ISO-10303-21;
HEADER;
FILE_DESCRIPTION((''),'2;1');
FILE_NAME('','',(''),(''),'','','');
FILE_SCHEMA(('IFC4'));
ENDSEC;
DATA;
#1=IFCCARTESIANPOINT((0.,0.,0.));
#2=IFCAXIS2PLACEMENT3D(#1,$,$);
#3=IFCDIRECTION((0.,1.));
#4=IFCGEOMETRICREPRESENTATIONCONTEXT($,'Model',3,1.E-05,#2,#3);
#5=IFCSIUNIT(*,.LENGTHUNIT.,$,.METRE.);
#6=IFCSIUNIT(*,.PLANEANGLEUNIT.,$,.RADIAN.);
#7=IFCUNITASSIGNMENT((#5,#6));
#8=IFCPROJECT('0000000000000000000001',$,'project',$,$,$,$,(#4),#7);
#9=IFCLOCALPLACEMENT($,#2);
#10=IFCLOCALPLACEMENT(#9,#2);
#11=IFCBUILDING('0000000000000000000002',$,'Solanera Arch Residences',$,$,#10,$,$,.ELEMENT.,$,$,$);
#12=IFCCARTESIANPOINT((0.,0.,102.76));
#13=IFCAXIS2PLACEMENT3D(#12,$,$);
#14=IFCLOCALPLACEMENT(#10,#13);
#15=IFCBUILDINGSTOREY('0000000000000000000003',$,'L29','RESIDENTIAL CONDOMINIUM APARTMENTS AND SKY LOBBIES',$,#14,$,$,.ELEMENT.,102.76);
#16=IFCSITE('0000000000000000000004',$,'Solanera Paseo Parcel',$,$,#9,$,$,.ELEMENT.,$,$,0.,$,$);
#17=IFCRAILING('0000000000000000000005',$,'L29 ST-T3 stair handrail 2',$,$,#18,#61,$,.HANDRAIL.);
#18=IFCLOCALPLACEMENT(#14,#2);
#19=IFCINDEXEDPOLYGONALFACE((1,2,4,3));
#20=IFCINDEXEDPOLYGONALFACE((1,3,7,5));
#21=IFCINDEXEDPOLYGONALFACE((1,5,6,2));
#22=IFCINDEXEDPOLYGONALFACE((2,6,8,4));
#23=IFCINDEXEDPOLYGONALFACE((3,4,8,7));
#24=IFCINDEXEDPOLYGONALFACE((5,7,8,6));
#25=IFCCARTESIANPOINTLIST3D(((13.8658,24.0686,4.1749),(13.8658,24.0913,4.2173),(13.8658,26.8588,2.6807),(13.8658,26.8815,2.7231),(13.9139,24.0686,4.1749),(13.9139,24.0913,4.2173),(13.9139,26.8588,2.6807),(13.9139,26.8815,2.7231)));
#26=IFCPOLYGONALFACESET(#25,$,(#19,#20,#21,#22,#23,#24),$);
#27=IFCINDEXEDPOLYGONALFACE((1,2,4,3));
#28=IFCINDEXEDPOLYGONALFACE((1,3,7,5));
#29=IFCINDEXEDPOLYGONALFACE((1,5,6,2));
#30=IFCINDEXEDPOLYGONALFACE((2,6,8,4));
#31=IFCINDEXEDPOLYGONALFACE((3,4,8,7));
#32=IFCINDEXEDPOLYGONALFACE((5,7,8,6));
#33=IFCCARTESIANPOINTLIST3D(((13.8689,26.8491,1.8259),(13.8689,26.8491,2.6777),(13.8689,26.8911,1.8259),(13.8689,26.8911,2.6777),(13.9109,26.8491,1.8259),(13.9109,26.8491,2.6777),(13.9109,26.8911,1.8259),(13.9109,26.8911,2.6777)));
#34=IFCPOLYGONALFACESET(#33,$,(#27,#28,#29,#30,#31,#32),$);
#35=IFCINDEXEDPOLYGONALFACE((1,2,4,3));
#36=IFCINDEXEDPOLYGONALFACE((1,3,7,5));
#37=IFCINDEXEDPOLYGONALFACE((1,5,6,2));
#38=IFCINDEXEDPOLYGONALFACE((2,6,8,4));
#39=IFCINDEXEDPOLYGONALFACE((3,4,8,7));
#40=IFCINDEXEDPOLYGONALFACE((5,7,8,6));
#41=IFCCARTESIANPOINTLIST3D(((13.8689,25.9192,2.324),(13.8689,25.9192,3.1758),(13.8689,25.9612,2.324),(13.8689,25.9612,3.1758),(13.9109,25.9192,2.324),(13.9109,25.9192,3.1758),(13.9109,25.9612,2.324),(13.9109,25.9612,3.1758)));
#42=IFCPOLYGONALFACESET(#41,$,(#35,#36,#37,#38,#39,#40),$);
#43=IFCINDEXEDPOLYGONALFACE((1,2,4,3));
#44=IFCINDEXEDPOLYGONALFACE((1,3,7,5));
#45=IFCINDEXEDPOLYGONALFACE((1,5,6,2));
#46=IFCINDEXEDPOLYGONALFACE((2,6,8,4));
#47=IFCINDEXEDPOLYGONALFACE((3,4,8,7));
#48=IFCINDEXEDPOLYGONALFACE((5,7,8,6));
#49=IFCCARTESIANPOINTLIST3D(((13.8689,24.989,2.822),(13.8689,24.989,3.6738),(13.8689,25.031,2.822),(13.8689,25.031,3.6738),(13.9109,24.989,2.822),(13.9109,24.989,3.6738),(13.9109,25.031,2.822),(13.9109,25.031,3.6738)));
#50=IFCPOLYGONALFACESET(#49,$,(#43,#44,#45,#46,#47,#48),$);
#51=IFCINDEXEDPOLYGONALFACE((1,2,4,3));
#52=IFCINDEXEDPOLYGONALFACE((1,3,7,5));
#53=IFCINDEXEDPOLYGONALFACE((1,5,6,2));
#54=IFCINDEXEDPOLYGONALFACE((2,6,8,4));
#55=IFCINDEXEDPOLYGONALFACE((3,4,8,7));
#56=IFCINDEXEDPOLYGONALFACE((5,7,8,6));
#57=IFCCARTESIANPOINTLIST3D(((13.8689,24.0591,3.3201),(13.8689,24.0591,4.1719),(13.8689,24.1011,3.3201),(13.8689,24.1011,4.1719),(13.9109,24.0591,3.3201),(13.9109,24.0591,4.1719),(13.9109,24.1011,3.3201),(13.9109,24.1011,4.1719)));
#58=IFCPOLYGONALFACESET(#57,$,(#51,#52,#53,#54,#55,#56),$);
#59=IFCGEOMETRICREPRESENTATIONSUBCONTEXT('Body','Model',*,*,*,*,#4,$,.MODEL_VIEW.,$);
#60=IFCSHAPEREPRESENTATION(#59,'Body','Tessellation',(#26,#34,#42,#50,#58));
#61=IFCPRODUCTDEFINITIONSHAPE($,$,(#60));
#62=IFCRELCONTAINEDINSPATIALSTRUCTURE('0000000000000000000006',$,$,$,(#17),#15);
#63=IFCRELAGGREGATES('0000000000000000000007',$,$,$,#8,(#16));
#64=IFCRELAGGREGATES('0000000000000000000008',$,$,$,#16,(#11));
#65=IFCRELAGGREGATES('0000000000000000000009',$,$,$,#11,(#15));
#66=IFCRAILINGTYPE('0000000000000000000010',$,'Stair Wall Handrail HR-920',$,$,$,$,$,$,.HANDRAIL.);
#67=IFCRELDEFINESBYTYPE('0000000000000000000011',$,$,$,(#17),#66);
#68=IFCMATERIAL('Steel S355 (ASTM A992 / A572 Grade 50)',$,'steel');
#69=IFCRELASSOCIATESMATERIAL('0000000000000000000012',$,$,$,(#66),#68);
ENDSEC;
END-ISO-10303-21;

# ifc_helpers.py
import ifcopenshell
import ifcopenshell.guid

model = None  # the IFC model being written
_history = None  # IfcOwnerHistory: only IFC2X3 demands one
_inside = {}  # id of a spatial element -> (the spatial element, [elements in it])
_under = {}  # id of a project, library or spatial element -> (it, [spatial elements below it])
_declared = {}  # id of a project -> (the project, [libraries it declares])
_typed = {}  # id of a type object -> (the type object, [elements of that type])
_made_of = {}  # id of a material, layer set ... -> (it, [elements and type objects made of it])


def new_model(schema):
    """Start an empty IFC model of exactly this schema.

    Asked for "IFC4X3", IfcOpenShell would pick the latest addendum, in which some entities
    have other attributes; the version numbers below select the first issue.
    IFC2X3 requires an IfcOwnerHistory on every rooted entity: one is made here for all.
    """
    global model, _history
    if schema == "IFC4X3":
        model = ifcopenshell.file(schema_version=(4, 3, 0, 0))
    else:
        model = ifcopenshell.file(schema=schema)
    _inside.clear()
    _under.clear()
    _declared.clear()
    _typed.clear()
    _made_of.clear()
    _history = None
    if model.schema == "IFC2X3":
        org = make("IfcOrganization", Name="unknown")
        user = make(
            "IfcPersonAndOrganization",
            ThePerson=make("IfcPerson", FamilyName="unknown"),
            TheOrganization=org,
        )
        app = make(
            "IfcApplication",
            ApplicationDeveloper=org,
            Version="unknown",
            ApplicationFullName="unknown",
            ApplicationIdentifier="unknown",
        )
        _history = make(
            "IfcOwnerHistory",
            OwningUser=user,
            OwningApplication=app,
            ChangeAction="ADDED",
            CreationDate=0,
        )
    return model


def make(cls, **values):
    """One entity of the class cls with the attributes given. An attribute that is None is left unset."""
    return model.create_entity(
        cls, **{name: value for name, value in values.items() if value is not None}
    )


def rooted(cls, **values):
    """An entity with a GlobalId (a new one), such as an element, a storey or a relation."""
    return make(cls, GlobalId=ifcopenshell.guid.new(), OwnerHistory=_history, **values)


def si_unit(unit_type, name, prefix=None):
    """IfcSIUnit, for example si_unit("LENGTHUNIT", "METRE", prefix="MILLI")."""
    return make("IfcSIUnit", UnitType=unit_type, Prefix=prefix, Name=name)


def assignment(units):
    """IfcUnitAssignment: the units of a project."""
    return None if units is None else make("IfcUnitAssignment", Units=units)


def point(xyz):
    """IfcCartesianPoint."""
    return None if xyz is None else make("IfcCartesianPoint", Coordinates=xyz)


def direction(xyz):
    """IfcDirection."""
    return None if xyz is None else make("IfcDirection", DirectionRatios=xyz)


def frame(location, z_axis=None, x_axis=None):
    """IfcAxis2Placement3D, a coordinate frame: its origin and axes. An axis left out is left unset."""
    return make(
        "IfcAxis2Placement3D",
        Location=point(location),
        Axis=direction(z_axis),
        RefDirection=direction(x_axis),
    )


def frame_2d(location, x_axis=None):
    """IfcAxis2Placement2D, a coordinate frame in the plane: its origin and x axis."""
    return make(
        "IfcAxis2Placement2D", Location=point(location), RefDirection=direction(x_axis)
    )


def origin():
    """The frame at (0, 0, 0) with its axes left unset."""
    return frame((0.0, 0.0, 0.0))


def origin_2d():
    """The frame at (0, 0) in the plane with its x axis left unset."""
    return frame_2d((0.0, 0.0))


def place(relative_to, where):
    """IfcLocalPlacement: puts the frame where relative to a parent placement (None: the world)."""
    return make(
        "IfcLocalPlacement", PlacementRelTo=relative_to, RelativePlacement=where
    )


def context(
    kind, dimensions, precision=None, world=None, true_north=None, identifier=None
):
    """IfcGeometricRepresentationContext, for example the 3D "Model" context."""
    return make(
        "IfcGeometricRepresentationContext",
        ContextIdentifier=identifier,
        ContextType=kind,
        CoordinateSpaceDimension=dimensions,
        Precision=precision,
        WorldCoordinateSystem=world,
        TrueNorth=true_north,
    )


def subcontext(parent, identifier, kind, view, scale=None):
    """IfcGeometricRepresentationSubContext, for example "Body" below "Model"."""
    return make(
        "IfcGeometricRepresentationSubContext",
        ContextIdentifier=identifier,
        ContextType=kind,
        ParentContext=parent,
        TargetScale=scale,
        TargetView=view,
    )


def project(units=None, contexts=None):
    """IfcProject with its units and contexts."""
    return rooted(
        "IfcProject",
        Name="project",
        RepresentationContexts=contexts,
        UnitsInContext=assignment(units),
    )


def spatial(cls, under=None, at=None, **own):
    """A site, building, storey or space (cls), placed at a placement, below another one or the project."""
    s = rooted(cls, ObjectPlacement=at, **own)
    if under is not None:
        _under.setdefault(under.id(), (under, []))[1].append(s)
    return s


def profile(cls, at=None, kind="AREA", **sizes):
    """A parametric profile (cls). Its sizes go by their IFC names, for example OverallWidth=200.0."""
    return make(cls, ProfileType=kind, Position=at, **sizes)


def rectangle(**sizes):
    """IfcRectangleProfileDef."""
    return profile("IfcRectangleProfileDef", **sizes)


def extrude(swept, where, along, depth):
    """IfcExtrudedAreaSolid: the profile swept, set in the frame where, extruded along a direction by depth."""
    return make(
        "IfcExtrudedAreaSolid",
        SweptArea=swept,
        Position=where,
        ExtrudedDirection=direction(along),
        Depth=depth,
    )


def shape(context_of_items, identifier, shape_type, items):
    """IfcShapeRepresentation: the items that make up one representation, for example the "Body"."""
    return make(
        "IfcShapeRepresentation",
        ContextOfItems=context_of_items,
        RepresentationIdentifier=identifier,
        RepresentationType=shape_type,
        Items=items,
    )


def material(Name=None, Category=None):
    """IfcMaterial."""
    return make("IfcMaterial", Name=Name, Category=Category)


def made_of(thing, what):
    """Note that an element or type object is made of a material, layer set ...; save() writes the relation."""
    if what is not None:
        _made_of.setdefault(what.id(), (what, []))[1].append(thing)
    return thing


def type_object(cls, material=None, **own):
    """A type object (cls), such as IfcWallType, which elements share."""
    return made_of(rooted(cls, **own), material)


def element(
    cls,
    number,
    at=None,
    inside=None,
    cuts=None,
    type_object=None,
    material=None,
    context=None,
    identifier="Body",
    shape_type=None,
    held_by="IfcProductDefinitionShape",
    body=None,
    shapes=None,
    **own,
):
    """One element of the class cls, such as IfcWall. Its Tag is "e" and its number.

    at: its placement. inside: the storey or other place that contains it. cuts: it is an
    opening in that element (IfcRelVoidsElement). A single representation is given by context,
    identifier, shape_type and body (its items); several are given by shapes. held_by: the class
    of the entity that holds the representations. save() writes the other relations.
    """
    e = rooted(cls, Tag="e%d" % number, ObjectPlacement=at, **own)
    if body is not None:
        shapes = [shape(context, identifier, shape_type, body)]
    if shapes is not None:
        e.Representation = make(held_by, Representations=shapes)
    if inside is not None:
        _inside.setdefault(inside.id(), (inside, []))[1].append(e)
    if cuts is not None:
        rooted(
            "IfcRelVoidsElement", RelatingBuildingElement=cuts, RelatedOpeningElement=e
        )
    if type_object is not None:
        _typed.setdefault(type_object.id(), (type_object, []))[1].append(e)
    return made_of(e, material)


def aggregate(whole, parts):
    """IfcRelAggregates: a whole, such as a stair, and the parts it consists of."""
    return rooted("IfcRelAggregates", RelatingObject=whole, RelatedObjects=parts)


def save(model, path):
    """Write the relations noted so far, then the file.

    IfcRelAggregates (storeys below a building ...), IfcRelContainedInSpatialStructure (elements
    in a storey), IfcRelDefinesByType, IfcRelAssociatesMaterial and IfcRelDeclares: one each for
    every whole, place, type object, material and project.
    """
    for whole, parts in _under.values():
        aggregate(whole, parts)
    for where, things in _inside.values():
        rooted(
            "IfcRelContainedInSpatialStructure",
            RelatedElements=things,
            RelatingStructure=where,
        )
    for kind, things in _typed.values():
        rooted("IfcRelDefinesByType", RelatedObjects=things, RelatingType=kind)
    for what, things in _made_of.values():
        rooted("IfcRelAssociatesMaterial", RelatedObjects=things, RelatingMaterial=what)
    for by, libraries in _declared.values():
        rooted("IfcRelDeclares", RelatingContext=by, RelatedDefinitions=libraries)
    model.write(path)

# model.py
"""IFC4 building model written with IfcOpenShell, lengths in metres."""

from ifc_helpers import new_model, si_unit, direction, frame, origin, origin_2d, place, context, subcontext, project, spatial, rectangle, extrude, material, type_object, element, save


model = new_model("IFC4")

# Units and contexts
model_context = context("Model", 3, precision=1e-05, world=origin(), true_north=direction((0.0, 1.0)))
body_context = subcontext(model_context, "Body", "Model", "MODEL_VIEW")
ifc_project = project(units=[si_unit("LENGTHUNIT", "METRE"), si_unit("PLANEANGLEUNIT", "RADIAN")], contexts=[model_context])

# Site, building, storey
site_placement = place(None, origin())
site = spatial("IfcSite", under=ifc_project, at=site_placement, Name="Solanera Paseo Parcel", CompositionType="ELEMENT", RefElevation=0.0)
building_placement = place(site_placement, origin())
building = spatial("IfcBuilding", under=site, at=building_placement, Name="Solanera Arch Residences", CompositionType="ELEMENT")
storey_placement = place(building_placement, frame((0.0, 0.0, 102.76)))
storey = spatial("IfcBuildingStorey", under=building, at=storey_placement, Name="L29", Description="RESIDENTIAL CONDOMINIUM APARTMENTS AND SKY LOBBIES", CompositionType="ELEMENT", Elevation=102.76)

# Railing
ifc_material_1 = material(Name="Steel S355 (ASTM A992 / A572 Grade 50)", Category="steel")
railing_type_1 = type_object("IfcRailingType", Name="Stair Wall Handrail HR-920", PredefinedType="HANDRAIL", material=ifc_material_1)
railing_1_placement = place(storey_placement, frame((13.8899, 26.8701, 1.8259)))
element("IfcRailing", 1, at=railing_1_placement, inside=storey, type_object=railing_type_1, Name="L29 ST-T3 stair handrail 2", PredefinedType="HANDRAIL", context=body_context, shape_type="SweptSolid", body=[
    extrude(rectangle(XDim=0.0481, YDim=0.0481, at=origin_2d()), frame((0.0, 0.0, 0.876), z_axis=(0.0, -0.881549, 0.472093), x_axis=(1.0, 0.0, 0.0)), (0.0, 0.0, 1.0), 3.165),
    extrude(rectangle(XDim=0.042, YDim=0.042, at=origin_2d()), origin(), (0.0, 0.0, 1.0), 0.8518),
    extrude(rectangle(XDim=0.042, YDim=0.042, at=origin_2d()), frame((0.0, -0.9299, 0.498)), (0.0, 0.0, 1.0), 0.8518),
    extrude(rectangle(XDim=0.042, YDim=0.042, at=origin_2d()), frame((0.0, -1.8601, 0.9961)), (0.0, 0.0, 1.0), 0.8518),
    extrude(rectangle(XDim=0.042, YDim=0.042, at=origin_2d()), frame((0.0, -2.79, 1.4941)), (0.0, 0.0, 1.0), 0.8518),
])

save(model, "model.ifc")
